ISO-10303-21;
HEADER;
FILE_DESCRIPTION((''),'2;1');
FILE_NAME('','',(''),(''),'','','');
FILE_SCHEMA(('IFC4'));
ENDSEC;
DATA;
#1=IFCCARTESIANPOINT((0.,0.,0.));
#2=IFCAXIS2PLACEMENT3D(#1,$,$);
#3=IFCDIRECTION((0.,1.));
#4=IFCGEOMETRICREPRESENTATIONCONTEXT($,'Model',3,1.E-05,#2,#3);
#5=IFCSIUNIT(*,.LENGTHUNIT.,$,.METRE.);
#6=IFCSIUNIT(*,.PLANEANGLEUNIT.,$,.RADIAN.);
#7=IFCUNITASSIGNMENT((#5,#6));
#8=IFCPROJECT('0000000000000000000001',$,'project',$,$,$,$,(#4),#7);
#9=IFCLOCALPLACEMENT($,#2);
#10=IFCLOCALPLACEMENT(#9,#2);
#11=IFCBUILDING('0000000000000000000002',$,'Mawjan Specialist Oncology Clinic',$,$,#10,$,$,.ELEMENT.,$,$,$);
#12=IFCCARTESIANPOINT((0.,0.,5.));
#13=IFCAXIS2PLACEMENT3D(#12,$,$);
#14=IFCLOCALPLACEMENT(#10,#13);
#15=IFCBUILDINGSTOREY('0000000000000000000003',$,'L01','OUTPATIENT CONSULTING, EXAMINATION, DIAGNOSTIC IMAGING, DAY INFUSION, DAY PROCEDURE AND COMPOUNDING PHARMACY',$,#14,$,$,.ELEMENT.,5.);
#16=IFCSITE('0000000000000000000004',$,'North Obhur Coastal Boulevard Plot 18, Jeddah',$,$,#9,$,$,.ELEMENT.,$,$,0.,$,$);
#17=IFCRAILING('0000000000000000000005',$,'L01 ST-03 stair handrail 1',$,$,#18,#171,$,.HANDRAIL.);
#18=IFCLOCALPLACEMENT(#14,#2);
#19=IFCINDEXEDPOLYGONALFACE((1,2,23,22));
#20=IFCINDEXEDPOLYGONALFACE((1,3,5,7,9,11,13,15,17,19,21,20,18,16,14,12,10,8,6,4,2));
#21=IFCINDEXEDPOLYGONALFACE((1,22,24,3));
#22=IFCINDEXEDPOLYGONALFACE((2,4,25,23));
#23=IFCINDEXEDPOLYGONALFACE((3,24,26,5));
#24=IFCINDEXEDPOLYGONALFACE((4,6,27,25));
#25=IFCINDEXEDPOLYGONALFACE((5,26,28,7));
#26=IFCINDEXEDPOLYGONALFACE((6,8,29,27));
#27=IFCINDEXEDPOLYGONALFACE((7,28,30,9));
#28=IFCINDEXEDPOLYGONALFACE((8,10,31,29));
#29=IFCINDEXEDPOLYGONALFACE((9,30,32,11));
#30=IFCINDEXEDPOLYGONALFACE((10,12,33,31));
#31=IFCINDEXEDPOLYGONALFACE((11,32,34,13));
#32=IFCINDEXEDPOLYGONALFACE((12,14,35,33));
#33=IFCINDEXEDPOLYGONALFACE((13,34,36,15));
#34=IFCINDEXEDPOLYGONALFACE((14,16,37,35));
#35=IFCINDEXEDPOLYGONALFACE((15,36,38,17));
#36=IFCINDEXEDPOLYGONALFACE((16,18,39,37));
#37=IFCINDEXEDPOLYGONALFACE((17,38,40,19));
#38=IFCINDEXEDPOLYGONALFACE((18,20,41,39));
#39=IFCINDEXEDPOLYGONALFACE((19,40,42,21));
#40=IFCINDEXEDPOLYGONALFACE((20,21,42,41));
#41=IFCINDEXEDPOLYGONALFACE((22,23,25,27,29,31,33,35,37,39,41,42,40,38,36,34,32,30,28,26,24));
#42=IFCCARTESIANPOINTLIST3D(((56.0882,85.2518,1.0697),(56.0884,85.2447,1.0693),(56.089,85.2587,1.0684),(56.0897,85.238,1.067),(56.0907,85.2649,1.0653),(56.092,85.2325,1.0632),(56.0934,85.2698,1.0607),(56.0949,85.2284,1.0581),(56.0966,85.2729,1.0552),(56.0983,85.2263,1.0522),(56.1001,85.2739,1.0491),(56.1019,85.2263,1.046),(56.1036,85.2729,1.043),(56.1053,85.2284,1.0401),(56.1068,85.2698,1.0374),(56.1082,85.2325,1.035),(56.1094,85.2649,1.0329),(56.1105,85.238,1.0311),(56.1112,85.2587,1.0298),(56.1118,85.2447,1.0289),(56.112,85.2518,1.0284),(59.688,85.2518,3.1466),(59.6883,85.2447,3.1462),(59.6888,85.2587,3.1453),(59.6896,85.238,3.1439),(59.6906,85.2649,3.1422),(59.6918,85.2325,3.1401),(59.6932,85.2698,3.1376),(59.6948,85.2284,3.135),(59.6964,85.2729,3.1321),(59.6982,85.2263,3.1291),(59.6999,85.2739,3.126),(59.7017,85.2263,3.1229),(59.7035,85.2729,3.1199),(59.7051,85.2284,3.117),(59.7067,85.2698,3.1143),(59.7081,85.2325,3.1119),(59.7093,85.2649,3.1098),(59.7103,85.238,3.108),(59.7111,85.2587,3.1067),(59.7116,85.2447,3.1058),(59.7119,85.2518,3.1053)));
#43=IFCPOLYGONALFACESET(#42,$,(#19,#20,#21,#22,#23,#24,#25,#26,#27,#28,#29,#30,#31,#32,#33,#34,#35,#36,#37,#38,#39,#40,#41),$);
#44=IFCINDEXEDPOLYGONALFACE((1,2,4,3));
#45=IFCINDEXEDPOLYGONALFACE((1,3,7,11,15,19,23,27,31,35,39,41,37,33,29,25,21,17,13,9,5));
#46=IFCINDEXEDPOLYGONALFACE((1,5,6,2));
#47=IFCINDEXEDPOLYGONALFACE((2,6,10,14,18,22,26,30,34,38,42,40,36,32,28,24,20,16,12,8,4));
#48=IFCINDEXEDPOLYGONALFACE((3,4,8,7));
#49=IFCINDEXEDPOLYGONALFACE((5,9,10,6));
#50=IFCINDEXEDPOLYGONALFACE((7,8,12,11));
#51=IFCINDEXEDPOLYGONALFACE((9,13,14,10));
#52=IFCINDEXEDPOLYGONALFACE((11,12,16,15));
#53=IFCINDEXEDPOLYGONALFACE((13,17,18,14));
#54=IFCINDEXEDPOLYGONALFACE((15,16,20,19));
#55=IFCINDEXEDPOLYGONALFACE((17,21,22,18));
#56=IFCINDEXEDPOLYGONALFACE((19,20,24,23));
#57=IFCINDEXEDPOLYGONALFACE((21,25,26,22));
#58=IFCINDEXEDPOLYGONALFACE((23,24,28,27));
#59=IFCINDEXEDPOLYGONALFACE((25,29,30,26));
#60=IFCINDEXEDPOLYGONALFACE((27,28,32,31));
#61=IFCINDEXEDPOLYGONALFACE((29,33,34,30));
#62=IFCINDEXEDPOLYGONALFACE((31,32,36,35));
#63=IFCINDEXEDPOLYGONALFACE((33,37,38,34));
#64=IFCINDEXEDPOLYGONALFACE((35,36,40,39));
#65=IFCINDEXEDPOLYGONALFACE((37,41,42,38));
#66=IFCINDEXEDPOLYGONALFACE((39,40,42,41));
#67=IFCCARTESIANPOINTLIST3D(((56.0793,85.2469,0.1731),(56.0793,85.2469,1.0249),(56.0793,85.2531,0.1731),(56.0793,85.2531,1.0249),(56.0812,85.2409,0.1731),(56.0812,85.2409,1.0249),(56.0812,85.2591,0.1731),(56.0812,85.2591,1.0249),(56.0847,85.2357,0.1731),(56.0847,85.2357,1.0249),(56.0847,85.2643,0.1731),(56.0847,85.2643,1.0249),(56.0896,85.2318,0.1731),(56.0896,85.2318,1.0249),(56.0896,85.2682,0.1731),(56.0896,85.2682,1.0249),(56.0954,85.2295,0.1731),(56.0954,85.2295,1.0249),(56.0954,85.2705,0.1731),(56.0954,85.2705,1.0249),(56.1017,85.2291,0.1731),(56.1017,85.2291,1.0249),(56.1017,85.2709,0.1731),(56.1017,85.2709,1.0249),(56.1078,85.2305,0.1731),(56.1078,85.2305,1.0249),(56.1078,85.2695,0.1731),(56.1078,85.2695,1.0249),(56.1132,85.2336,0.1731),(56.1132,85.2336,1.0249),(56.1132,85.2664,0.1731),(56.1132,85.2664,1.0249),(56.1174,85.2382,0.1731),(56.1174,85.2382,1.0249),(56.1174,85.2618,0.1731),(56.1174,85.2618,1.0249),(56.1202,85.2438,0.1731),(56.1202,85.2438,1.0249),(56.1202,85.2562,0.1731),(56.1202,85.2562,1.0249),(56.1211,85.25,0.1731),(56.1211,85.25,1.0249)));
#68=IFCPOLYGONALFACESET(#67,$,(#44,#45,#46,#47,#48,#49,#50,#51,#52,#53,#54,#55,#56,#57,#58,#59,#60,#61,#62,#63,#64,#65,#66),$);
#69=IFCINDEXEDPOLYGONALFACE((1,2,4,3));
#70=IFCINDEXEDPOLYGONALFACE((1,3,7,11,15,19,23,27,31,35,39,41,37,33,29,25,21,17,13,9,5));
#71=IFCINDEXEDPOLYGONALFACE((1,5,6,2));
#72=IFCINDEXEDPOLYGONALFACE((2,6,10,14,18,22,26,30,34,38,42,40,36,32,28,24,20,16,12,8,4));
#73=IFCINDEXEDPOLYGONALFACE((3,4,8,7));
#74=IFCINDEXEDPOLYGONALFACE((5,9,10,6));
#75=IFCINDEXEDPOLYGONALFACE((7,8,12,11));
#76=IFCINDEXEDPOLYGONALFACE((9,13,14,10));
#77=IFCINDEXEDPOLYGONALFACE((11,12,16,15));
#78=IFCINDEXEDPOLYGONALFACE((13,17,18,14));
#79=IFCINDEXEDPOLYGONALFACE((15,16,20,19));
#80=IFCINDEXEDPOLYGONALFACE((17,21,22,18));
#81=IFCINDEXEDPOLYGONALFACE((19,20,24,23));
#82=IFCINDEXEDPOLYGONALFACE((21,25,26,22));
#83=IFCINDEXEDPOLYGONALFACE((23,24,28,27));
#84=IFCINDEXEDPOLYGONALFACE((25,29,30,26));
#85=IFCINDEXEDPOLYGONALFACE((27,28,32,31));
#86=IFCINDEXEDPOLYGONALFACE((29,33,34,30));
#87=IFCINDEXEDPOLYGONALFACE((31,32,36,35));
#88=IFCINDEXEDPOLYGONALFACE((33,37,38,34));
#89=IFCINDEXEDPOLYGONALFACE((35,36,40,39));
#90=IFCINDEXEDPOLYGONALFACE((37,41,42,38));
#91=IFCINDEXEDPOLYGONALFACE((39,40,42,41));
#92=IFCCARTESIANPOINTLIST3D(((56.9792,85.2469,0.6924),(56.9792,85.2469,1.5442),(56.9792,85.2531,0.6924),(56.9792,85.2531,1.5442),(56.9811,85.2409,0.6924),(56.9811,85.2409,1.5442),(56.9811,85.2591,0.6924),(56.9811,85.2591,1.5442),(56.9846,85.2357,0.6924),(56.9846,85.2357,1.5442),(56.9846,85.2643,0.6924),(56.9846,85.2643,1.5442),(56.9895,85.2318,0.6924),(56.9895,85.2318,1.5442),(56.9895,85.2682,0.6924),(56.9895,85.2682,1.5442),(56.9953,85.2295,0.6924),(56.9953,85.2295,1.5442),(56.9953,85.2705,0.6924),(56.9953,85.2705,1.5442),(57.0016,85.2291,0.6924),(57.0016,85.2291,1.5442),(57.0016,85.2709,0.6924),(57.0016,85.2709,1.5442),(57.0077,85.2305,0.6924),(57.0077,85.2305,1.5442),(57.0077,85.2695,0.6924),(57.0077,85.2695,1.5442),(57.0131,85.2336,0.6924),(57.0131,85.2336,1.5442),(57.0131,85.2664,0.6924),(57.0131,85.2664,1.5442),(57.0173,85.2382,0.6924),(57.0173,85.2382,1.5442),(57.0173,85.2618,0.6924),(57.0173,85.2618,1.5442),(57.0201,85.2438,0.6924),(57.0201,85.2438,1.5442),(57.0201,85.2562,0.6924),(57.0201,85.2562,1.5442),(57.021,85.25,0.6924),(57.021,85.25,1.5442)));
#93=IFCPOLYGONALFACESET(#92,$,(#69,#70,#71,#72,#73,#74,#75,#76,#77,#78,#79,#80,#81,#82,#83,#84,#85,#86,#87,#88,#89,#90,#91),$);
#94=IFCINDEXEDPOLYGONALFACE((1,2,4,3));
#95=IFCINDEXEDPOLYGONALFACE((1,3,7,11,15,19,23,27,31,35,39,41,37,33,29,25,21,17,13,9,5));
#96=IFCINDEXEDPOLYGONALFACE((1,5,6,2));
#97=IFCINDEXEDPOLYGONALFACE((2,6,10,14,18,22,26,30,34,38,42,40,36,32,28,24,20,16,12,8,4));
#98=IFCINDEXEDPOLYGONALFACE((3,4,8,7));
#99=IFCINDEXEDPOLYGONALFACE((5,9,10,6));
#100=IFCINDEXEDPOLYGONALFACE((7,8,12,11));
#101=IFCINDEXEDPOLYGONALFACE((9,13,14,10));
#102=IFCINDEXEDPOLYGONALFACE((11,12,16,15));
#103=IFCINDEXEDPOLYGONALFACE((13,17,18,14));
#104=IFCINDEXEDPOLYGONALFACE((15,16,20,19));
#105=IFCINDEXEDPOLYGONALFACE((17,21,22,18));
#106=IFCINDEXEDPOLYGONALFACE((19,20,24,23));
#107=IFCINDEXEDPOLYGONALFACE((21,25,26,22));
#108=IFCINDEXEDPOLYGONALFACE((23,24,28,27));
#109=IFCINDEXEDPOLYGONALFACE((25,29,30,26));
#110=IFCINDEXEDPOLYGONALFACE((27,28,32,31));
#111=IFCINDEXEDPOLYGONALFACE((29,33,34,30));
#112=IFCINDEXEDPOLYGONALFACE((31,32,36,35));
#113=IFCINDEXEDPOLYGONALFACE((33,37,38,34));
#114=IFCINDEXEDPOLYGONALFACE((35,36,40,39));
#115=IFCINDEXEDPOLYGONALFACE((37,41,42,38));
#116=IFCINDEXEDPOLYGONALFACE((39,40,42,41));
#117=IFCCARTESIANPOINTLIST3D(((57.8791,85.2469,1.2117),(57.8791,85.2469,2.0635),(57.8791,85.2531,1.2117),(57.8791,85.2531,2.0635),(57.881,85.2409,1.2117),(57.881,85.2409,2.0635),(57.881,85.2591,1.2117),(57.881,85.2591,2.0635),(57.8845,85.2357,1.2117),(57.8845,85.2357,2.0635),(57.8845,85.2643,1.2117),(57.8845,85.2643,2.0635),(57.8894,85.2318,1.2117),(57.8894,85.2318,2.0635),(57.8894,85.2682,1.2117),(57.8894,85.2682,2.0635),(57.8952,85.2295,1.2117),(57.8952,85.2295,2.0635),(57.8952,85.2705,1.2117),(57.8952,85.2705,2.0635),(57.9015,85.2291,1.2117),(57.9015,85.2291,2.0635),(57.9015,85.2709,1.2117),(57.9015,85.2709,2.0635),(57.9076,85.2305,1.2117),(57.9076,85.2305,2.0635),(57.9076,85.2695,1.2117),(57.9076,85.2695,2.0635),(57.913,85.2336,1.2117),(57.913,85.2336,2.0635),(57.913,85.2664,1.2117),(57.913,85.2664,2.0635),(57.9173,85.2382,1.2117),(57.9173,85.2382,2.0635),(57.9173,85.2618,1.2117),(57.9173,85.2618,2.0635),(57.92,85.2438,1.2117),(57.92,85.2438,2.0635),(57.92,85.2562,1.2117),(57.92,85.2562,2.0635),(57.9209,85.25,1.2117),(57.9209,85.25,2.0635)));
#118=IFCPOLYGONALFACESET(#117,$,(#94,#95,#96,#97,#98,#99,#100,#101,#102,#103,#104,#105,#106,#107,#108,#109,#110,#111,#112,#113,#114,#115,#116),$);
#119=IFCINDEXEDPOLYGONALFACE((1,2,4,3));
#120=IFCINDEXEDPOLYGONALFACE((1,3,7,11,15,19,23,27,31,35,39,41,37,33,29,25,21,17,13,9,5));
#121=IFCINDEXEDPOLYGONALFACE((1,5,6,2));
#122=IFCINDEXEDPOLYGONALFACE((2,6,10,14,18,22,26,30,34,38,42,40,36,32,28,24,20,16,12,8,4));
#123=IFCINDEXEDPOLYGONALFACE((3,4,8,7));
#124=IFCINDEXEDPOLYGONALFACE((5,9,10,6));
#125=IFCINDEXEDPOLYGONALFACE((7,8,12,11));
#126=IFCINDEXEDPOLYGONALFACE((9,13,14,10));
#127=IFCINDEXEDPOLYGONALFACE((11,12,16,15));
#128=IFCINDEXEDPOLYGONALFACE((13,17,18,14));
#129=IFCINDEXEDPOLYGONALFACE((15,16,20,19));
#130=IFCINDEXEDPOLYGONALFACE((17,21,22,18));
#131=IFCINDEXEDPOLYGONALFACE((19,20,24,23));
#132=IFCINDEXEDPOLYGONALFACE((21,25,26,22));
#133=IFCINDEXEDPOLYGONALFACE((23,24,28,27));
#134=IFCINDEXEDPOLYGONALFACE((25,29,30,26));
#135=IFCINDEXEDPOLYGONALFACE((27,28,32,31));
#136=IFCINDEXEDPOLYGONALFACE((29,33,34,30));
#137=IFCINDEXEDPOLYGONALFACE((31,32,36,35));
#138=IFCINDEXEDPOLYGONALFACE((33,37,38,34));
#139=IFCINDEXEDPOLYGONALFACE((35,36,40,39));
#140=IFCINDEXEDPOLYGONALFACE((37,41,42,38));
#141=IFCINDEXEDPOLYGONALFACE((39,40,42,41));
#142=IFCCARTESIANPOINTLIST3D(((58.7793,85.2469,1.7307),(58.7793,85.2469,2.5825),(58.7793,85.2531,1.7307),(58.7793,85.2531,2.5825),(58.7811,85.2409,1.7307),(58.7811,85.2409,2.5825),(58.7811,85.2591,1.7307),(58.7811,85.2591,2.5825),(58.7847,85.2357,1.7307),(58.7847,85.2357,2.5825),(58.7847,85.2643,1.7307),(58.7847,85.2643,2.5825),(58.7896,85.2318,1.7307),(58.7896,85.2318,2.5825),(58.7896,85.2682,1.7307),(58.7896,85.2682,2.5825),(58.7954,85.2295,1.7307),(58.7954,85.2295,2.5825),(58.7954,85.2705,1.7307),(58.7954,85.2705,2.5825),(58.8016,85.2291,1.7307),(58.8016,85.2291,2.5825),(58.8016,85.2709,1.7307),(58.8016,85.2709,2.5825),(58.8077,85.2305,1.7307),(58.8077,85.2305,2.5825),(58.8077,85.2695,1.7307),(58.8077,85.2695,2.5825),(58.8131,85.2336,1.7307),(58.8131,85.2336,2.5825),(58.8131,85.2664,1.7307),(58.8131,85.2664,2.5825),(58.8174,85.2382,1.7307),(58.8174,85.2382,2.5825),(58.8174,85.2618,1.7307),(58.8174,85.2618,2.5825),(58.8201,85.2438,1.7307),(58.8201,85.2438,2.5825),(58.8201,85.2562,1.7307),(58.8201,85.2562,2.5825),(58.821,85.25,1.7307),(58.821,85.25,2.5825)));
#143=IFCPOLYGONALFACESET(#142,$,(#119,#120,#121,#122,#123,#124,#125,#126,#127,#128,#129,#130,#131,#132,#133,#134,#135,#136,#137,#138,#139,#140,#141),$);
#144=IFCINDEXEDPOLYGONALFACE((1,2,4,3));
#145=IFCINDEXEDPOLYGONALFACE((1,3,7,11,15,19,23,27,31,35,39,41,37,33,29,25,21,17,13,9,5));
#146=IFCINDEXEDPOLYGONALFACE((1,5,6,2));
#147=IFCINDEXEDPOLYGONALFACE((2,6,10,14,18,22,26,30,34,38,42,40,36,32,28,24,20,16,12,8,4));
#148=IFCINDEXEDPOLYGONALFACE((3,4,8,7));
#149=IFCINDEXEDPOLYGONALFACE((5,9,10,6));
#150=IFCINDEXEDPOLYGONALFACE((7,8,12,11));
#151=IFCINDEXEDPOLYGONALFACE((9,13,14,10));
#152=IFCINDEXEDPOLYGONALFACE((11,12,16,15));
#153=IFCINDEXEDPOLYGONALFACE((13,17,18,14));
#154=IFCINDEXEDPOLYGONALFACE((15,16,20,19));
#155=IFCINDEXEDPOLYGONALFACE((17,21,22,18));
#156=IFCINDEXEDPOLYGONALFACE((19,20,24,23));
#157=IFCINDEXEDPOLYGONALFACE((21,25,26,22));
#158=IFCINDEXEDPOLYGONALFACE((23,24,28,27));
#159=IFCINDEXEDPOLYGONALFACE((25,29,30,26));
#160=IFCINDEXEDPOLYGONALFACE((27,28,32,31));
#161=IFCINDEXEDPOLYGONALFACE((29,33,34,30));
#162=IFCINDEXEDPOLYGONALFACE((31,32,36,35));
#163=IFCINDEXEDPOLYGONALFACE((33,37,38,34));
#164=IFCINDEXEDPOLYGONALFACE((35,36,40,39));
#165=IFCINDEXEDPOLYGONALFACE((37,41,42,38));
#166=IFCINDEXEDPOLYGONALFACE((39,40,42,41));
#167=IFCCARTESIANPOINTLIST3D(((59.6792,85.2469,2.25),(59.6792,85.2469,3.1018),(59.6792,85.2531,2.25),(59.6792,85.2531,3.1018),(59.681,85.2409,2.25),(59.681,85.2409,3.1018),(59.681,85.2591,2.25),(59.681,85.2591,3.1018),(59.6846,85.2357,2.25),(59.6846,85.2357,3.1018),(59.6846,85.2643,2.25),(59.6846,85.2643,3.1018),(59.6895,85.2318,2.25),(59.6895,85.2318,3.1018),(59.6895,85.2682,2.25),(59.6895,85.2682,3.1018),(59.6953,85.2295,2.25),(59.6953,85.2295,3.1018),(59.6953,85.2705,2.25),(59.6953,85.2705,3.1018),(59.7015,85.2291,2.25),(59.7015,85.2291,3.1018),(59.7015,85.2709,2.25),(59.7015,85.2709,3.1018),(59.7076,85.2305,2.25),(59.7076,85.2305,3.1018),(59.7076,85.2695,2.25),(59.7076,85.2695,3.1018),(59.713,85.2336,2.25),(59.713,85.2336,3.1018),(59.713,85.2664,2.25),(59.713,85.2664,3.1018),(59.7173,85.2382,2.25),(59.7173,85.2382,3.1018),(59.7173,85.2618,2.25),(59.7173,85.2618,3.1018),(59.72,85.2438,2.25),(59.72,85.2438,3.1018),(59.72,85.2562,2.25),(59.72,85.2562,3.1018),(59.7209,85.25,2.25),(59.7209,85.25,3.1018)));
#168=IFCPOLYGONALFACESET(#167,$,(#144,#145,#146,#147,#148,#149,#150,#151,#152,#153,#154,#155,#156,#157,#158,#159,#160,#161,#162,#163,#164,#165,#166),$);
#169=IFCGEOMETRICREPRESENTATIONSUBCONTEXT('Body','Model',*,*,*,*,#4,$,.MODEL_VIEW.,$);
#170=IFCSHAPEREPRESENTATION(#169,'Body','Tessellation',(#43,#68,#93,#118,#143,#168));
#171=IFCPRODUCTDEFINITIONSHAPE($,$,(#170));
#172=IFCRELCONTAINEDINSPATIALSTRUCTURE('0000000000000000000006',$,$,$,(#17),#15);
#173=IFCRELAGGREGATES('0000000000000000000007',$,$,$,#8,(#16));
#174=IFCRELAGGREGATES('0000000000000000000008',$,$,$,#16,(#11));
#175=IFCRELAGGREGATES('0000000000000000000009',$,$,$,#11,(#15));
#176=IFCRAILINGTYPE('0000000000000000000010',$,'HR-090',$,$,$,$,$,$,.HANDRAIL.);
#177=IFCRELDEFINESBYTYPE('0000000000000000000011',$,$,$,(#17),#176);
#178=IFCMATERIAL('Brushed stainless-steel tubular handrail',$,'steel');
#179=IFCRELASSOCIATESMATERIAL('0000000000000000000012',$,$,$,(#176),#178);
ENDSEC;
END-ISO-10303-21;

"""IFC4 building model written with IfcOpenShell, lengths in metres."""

from ifc_helpers import new_model, si_unit, direction, frame, origin, origin_2d, place, context, subcontext, project, spatial, circle, extrude, material, type_object, element, save


model = new_model("IFC4")

# Units and contexts
model_context = context("Model", 3, precision=1e-05, world=origin(), true_north=direction((0.0, 1.0)))
body_context = subcontext(model_context, "Body", "Model", "MODEL_VIEW")
ifc_project = project(units=[si_unit("LENGTHUNIT", "METRE"), si_unit("PLANEANGLEUNIT", "RADIAN")], contexts=[model_context])

# Site, building, storey
site_placement = place(None, origin())
site = spatial("IfcSite", under=ifc_project, at=site_placement, Name="North Obhur Coastal Boulevard Plot 18, Jeddah", CompositionType="ELEMENT", RefElevation=0.0)
building_placement = place(site_placement, origin())
building = spatial("IfcBuilding", under=site, at=building_placement, Name="Mawjan Specialist Oncology Clinic", CompositionType="ELEMENT")
storey_placement = place(building_placement, frame((0.0, 0.0, 5.0)))
storey = spatial("IfcBuildingStorey", under=building, at=storey_placement, Name="L01", Description="OUTPATIENT CONSULTING, EXAMINATION, DIAGNOSTIC IMAGING, DAY INFUSION, DAY PROCEDURE AND COMPOUNDING PHARMACY", CompositionType="ELEMENT", Elevation=5.0)

# Railing
ifc_material_1 = material(Name="Brushed stainless-steel tubular handrail", Category="steel")
railing_type_1 = type_object("IfcRailingType", Name="HR-090", PredefinedType="HANDRAIL", material=ifc_material_1)
railing_1_placement = place(storey_placement, frame((56.1001, 85.25, 0.1731)))
element("IfcRailing", 1, at=railing_1_placement, inside=storey, type_object=railing_type_1, Name="L01 ST-03 stair handrail 1", PredefinedType="HANDRAIL", context=body_context, shape_type="SweptSolid", body=[
    extrude(circle(Radius=0.0239, at=origin_2d()), frame((0.0, 0.0, 0.876), z_axis=(0.866179, 0.0, 0.499734), x_axis=(0.0, 1.0, 0.0)), (0.0, 0.0, 1.0), 4.156),
    extrude(circle(Radius=0.021, at=origin_2d()), origin(), (0.0, 0.0, 1.0), 0.8518),
    extrude(circle(Radius=0.021, at=origin_2d()), frame((0.8999, 0.0, 0.5193)), (0.0, 0.0, 1.0), 0.8518),
    extrude(circle(Radius=0.021, at=origin_2d()), frame((1.7998, 0.0, 1.0386)), (0.0, 0.0, 1.0), 0.8518),
    extrude(circle(Radius=0.021, at=origin_2d()), frame((2.7, 0.0, 1.5576)), (0.0, 0.0, 1.0), 0.8518),
    extrude(circle(Radius=0.021, at=origin_2d()), frame((3.5999, 0.0, 2.0769)), (0.0, 0.0, 1.0), 0.8518),
])

save(model, "model.ifc")
